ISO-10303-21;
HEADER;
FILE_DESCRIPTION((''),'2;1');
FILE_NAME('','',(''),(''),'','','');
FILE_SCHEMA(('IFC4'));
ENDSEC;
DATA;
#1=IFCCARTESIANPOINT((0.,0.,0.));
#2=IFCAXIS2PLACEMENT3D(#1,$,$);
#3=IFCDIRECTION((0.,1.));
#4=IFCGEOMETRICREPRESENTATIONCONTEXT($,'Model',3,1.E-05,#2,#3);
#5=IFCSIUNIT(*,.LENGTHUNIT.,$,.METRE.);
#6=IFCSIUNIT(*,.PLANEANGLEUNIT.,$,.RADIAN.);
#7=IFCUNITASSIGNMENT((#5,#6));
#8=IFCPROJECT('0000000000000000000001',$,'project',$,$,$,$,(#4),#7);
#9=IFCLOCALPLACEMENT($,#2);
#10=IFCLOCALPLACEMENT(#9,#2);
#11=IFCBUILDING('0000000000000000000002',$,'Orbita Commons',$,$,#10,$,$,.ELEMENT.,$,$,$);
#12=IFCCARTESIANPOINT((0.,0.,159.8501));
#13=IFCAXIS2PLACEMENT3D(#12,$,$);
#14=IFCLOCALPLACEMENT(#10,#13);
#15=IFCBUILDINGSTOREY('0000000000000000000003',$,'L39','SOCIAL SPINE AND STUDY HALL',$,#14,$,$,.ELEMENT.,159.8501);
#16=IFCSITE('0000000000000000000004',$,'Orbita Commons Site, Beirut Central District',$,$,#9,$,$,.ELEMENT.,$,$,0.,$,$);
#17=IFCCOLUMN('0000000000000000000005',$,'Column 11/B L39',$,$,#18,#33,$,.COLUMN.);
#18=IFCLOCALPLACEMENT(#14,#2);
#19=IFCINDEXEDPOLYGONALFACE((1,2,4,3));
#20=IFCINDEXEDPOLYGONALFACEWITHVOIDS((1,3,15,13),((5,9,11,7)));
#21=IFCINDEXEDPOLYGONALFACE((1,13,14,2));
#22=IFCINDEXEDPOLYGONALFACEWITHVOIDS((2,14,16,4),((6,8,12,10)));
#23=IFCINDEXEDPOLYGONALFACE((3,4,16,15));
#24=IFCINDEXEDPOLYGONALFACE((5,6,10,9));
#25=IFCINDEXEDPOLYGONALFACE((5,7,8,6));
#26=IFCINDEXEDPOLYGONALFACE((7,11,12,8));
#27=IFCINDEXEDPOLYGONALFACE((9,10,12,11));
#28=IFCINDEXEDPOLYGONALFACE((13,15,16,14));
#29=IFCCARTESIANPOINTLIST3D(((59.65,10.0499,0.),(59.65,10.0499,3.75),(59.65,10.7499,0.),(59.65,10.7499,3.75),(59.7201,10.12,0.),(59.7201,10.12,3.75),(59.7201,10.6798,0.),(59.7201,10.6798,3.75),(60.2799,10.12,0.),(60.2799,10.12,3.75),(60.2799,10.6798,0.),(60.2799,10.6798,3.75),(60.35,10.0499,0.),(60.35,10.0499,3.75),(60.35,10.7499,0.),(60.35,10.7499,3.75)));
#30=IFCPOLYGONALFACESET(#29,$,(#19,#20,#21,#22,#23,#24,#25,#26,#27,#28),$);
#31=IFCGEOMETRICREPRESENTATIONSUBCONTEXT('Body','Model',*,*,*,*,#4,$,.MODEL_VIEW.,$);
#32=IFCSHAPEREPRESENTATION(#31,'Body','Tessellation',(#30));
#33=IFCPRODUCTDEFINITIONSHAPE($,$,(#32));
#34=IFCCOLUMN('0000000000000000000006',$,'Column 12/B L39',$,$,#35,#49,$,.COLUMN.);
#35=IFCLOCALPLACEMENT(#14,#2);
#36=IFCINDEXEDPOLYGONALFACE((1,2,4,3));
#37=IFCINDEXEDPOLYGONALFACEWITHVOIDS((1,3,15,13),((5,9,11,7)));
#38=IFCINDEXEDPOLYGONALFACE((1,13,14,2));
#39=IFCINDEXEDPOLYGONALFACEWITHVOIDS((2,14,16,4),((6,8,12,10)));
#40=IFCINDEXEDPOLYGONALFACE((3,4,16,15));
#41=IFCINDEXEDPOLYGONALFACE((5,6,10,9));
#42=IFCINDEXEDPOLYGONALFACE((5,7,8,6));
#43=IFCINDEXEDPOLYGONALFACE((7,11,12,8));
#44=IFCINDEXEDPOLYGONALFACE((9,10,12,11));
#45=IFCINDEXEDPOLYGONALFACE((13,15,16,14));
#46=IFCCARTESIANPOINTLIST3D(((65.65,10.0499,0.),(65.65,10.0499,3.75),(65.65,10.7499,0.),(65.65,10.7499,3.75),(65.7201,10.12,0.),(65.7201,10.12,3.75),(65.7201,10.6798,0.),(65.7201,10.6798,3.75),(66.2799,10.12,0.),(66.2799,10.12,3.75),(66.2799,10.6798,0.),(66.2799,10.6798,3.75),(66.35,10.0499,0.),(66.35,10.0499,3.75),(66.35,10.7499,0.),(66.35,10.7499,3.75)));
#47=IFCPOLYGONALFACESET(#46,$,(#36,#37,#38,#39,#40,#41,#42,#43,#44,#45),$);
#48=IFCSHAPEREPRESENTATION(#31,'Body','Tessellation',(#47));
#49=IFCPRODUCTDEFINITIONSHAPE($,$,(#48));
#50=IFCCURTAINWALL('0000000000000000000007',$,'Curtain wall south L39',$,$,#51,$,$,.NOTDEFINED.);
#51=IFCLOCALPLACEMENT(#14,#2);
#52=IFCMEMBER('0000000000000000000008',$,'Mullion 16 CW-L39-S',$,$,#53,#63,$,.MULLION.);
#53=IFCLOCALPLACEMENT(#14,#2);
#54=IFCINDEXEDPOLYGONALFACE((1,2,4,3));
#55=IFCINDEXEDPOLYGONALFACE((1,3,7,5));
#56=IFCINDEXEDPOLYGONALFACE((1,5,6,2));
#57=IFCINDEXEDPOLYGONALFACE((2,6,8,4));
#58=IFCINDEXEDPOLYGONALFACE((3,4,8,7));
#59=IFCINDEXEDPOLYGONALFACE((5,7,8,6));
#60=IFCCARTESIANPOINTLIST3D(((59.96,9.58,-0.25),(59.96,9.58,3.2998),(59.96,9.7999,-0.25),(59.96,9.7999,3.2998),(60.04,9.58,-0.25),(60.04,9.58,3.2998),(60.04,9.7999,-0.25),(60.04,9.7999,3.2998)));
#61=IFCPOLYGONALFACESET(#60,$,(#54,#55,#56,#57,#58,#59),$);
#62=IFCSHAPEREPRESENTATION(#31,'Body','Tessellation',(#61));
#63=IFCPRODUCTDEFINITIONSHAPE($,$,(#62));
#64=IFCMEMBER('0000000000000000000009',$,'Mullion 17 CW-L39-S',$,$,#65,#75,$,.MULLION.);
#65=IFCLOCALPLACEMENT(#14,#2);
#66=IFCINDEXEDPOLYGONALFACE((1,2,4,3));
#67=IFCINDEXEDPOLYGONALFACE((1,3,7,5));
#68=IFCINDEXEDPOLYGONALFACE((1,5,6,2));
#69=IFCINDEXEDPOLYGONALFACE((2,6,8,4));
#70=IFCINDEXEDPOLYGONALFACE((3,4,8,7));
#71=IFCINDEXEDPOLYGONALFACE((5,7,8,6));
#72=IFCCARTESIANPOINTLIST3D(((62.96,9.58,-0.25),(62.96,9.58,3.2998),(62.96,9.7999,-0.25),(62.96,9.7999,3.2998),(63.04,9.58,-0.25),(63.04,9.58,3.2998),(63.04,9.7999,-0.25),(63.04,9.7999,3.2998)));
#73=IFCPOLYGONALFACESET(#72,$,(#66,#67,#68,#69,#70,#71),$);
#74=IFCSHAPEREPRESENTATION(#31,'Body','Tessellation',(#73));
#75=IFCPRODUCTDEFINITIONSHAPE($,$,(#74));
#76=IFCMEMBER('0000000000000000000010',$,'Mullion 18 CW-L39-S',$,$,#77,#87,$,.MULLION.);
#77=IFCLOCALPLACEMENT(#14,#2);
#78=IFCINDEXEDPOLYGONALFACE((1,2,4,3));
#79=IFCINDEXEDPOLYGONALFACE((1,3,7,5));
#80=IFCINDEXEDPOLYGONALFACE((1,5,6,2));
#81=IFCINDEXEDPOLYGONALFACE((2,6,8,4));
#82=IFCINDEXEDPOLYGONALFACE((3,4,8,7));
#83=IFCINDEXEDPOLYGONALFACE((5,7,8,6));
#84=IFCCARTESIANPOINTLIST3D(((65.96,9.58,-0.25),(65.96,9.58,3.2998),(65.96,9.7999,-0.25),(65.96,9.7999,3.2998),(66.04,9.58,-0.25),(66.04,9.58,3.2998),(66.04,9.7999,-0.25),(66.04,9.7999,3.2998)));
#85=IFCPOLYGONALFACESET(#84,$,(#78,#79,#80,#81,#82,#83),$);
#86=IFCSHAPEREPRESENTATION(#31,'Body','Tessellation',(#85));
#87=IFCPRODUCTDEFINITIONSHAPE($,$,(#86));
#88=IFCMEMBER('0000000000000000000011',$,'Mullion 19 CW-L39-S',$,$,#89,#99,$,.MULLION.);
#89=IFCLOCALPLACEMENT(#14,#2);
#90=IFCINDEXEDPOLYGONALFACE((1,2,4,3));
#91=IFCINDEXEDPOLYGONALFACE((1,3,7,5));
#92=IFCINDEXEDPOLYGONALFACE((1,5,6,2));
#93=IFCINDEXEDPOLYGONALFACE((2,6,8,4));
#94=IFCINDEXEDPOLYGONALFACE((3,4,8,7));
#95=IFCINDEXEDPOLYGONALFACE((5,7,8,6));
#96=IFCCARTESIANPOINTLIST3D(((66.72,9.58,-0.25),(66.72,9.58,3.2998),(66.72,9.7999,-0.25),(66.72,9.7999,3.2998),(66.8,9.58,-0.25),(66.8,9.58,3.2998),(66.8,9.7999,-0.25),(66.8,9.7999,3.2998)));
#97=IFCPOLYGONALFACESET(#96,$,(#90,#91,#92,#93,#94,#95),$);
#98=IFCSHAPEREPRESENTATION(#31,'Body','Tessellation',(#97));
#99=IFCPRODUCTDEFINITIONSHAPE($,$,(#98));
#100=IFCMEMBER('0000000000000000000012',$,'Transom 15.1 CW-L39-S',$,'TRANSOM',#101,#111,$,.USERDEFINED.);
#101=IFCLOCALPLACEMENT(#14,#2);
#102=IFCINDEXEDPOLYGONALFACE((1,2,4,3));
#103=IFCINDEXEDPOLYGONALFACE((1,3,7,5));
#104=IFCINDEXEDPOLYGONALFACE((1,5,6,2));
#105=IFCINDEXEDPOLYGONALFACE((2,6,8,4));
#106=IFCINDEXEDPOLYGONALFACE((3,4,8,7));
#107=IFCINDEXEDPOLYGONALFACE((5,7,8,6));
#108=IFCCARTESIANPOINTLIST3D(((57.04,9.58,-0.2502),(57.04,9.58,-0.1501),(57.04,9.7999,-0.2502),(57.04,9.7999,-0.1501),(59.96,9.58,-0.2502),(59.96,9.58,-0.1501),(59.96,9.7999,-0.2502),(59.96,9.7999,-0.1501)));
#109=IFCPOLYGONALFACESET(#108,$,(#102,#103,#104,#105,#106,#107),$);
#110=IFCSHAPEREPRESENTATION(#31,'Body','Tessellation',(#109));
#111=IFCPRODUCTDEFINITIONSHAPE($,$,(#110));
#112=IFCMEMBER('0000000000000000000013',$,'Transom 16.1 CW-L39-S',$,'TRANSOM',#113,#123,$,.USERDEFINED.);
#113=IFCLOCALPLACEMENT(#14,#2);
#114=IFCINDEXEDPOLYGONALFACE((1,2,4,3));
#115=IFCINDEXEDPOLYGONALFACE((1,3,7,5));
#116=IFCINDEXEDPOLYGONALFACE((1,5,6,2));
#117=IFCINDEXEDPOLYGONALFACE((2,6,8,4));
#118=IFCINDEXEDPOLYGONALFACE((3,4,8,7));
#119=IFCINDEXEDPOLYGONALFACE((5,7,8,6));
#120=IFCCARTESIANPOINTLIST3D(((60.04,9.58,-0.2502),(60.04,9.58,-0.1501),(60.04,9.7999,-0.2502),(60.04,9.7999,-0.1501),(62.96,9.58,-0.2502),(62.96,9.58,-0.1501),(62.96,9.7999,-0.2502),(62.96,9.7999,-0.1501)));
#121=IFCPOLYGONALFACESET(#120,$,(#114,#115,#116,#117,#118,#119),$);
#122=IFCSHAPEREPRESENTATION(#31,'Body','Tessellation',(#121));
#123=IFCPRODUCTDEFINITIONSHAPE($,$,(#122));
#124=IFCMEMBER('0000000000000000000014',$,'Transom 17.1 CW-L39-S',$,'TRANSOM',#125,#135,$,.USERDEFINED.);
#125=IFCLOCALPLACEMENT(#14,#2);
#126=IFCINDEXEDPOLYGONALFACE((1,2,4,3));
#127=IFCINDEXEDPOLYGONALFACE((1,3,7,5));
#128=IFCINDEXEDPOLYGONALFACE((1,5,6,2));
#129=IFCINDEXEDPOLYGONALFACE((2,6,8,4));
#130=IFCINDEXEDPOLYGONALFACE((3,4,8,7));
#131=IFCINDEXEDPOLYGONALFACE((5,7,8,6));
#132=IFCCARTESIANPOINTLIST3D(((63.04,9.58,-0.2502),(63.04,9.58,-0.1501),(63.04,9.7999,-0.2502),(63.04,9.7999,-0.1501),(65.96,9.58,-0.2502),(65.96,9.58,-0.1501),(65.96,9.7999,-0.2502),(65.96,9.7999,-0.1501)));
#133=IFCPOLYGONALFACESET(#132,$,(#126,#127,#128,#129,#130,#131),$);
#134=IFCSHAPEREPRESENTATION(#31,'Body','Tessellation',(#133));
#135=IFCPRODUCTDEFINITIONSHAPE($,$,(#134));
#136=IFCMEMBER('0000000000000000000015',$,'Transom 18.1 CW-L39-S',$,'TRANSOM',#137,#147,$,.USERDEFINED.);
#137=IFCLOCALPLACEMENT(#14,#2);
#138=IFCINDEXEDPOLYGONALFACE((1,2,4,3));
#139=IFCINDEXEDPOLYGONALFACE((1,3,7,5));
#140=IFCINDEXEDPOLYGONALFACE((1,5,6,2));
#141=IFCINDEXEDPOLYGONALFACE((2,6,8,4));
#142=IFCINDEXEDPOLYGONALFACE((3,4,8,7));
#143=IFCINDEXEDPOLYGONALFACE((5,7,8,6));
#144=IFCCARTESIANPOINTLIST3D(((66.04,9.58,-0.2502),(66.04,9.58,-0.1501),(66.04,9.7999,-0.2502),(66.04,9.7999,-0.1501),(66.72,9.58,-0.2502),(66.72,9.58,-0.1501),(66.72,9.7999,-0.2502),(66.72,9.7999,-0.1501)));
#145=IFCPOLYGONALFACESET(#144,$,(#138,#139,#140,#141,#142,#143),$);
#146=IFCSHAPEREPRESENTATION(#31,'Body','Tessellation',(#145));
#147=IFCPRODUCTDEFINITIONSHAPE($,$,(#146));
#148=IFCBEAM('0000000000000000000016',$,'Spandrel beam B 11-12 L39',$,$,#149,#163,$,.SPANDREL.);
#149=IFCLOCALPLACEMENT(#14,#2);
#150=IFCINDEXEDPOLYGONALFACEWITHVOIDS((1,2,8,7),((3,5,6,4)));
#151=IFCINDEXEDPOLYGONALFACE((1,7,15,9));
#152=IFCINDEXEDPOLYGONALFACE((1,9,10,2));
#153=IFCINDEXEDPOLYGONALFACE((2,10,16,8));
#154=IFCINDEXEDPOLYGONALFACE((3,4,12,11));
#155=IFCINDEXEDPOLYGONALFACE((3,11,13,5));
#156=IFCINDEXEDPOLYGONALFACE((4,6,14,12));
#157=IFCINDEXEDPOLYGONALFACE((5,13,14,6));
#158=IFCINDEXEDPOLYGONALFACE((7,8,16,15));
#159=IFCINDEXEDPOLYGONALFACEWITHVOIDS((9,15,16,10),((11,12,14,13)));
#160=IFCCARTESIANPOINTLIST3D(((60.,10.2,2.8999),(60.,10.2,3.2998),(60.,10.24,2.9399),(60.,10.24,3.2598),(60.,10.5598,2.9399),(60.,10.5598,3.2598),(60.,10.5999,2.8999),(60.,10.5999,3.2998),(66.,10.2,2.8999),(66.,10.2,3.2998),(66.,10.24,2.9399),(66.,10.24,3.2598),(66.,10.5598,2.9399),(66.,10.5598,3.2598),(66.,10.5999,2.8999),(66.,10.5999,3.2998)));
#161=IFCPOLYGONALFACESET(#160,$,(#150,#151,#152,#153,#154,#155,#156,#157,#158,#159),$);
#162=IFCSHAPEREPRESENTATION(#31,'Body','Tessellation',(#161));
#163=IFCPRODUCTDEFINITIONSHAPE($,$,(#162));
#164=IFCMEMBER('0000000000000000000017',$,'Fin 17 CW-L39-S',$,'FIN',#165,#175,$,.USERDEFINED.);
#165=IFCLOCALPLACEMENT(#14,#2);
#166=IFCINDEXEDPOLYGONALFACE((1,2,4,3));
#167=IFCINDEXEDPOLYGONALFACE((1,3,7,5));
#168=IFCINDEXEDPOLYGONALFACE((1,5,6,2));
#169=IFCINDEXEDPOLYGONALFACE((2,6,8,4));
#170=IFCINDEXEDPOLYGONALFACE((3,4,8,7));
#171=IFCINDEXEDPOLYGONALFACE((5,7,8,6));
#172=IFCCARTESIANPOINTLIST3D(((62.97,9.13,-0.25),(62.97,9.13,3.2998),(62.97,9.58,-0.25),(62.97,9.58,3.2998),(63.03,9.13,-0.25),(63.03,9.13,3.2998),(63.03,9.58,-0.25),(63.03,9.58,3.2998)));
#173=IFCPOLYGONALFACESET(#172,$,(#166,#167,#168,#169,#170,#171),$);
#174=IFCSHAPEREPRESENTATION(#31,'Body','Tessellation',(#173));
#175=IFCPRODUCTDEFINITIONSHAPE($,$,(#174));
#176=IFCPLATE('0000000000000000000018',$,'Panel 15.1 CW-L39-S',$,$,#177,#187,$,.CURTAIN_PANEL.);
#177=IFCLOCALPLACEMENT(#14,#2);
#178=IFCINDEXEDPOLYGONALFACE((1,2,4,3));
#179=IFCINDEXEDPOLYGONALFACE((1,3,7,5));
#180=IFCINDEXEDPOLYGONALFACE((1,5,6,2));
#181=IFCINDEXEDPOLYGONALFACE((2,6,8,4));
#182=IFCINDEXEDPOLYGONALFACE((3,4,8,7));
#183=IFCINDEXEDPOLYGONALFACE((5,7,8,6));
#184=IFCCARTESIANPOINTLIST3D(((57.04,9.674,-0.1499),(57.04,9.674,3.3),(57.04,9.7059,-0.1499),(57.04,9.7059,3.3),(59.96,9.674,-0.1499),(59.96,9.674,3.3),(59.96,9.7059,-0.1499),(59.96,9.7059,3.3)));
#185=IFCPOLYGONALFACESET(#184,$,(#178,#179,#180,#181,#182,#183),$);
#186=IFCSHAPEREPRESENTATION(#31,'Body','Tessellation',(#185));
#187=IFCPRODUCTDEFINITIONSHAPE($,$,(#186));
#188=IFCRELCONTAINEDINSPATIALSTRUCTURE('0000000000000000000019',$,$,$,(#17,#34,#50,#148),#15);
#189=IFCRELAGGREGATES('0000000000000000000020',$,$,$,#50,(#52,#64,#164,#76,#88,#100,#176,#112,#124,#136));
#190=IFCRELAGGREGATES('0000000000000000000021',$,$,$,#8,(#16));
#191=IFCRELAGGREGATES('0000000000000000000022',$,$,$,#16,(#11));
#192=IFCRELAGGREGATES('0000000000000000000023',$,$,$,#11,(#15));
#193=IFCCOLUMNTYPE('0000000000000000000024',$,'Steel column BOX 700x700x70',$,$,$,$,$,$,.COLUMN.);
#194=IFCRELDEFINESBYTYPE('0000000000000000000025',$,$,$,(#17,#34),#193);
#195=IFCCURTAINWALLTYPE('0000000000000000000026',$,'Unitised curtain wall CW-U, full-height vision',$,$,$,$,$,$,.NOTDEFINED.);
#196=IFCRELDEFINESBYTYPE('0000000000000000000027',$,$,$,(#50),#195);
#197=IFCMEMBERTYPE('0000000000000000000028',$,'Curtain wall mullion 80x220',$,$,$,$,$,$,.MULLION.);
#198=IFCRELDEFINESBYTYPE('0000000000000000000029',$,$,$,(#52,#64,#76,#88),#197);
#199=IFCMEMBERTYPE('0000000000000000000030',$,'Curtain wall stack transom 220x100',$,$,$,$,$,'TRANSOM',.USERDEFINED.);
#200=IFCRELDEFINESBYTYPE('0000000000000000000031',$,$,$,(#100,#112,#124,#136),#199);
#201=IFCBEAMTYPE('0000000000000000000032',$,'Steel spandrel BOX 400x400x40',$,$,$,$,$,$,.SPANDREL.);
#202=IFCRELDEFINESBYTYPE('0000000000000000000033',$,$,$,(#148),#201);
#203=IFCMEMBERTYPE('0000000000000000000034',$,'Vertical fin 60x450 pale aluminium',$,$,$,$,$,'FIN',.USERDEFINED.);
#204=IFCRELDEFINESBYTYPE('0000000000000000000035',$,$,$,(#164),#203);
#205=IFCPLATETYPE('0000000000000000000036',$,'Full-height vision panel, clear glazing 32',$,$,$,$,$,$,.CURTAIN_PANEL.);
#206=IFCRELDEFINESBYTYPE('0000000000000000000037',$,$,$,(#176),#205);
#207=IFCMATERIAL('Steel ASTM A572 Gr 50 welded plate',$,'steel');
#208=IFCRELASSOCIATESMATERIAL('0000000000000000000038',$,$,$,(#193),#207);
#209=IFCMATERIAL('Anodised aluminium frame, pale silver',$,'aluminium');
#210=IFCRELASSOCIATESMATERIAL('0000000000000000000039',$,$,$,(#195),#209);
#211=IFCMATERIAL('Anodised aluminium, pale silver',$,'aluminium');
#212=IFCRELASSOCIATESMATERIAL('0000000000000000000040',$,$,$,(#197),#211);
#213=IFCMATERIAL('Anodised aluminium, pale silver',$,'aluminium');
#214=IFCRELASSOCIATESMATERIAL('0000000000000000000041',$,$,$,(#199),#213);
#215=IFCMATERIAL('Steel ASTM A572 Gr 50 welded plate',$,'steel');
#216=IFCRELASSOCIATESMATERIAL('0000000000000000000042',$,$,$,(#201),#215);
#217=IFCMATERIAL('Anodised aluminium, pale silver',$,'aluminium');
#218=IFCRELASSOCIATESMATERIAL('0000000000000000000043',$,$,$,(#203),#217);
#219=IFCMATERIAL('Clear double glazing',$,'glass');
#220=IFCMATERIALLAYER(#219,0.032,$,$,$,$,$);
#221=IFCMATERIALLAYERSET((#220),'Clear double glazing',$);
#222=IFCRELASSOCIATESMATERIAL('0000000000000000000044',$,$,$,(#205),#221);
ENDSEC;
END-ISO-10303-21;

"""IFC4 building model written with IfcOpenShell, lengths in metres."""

from ifc_helpers import new_model, si_unit, direction, frame, origin, origin_2d, place, context, subcontext, project, spatial, rectangle, hollow_rectangle, extrude, material, layer, layer_set, material_profile, profile_set, type_object, element, aggregate, save


model = new_model("IFC4")

# Units and contexts
model_context = context("Model", 3, precision=1e-05, world=origin(), true_north=direction((0.0, 1.0)))
body_context = subcontext(model_context, "Body", "Model", "MODEL_VIEW")
ifc_project = project(units=[si_unit("LENGTHUNIT", "METRE"), si_unit("PLANEANGLEUNIT", "RADIAN")], contexts=[model_context])

# Site, building, storey
site_placement = place(None, origin())
site = spatial("IfcSite", under=ifc_project, at=site_placement, Name="Orbita Commons Site, Beirut Central District", CompositionType="ELEMENT", RefElevation=0.0)
building_placement = place(site_placement, origin())
building = spatial("IfcBuilding", under=site, at=building_placement, Name="Orbita Commons", CompositionType="ELEMENT")
storey_placement = place(building_placement, frame((0.0, 0.0, 159.8501)))
storey = spatial("IfcBuildingStorey", under=building, at=storey_placement, Name="L39", Description="SOCIAL SPINE AND STUDY HALL", CompositionType="ELEMENT", Elevation=159.8501)

# Columns
ifc_material_1 = material(Name="Steel ASTM A572 Gr 50 welded plate", Category="steel")
ifc_material_profile_1 = material_profile(ifc_material_1, hollow_rectangle(XDim=0.7, YDim=0.7, WallThickness=0.0701, at=origin_2d()), Name="BOX 700x700x70")
ifc_profile_set_1 = profile_set([ifc_material_profile_1], Name="Steel ASTM A572 Gr 50 welded plate")
column_type = type_object("IfcColumnType", Name="Steel column BOX 700x700x70", PredefinedType="COLUMN", material=ifc_profile_set_1)
for number, where, z_axis, x_axis, name in (
    (1, (60.0, 10.3999, 0.0), (0.0, 0.0, 1.0), (1.0, 0.0, 0.0), "Column 11/B L39"),
    (2, (66.0, 10.3999, 0.0), (0.0, 0.0, 1.0), (1.0, 0.0, 0.0), "Column 12/B L39"),
):
    element("IfcColumn", number, at=place(storey_placement, frame(where, z_axis=z_axis, x_axis=x_axis)), inside=storey, type_object=column_type, Name=name, PredefinedType="COLUMN", context=body_context, shape_type="SweptSolid", body=[
        extrude(hollow_rectangle(XDim=0.7, YDim=0.7, WallThickness=0.0701, at=origin_2d()), origin(), (0.0, 0.0, 1.0), 3.75),
    ])

# Curtain wall, members
ifc_material_2 = material(Name="Anodised aluminium frame, pale silver", Category="aluminium")
curtain_wall_type = type_object("IfcCurtainWallType", Name="Unitised curtain wall CW-U, full-height vision", PredefinedType="NOTDEFINED", material=ifc_material_2)
curtain_wall_placement = place(storey_placement, origin())
curtain_wall = element("IfcCurtainWall", 3, at=curtain_wall_placement, inside=storey, type_object=curtain_wall_type, Name="Curtain wall south L39", PredefinedType="NOTDEFINED")
ifc_material_3 = material(Name="Anodised aluminium, pale silver", Category="aluminium")
ifc_material_profile_2 = material_profile(ifc_material_3, rectangle(XDim=0.0801, YDim=0.22, at=origin_2d()), Name="AL 80x220")
ifc_profile_set_2 = profile_set([ifc_material_profile_2], Name="Anodised aluminium, pale silver")
member_type_1 = type_object("IfcMemberType", Name="Curtain wall mullion 80x220", PredefinedType="MULLION", material=ifc_profile_set_2)
member_1_placement = place(storey_placement, frame((60.0, 9.6899, -0.25), z_axis=(0.0, 0.0, 1.0), x_axis=(1.0, 0.0, 0.0)))
member_1 = element("IfcMember", 4, at=member_1_placement, type_object=member_type_1, Name="Mullion 16 CW-L39-S", PredefinedType="MULLION", context=body_context, shape_type="SweptSolid", body=[
    extrude(rectangle(XDim=0.0801, YDim=0.22, at=origin_2d()), origin(), (0.0, 0.0, 1.0), 3.5498),
])
member_2_placement = place(storey_placement, frame((63.0, 9.6899, -0.25), z_axis=(0.0, 0.0, 1.0), x_axis=(1.0, 0.0, 0.0)))
member_2 = element("IfcMember", 5, at=member_2_placement, type_object=member_type_1, Name="Mullion 17 CW-L39-S", PredefinedType="MULLION", context=body_context, shape_type="SweptSolid", body=[
    extrude(rectangle(XDim=0.0801, YDim=0.22, at=origin_2d()), origin(), (0.0, 0.0, 1.0), 3.5498),
])
member_3_placement = place(storey_placement, frame((66.0, 9.6899, -0.25), z_axis=(0.0, 0.0, 1.0), x_axis=(1.0, 0.0, 0.0)))
member_3 = element("IfcMember", 6, at=member_3_placement, type_object=member_type_1, Name="Mullion 18 CW-L39-S", PredefinedType="MULLION", context=body_context, shape_type="SweptSolid", body=[
    extrude(rectangle(XDim=0.0801, YDim=0.22, at=origin_2d()), origin(), (0.0, 0.0, 1.0), 3.5498),
])
member_4_placement = place(storey_placement, frame((66.76, 9.6899, -0.25), z_axis=(0.0, 0.0, 1.0), x_axis=(1.0, 0.0, 0.0)))
member_4 = element("IfcMember", 7, at=member_4_placement, type_object=member_type_1, Name="Mullion 19 CW-L39-S", PredefinedType="MULLION", context=body_context, shape_type="SweptSolid", body=[
    extrude(rectangle(XDim=0.0801, YDim=0.22, at=origin_2d()), origin(), (0.0, 0.0, 1.0), 3.5498),
])
ifc_material_4 = material(Name="Anodised aluminium, pale silver", Category="aluminium")
ifc_material_profile_3 = material_profile(ifc_material_4, rectangle(XDim=0.22, YDim=0.1001, at=origin_2d()), Name="AL 220x100")
ifc_profile_set_3 = profile_set([ifc_material_profile_3], Name="Anodised aluminium, pale silver")
member_type_2 = type_object("IfcMemberType", Name="Curtain wall stack transom 220x100", ElementType="TRANSOM", PredefinedType="USERDEFINED", material=ifc_profile_set_3)
member_5_placement = place(storey_placement, frame((57.04, 9.6899, -0.2002), z_axis=(1.0, 0.0, 0.0), x_axis=(0.0, 1.0, 0.0)))
member_5 = element("IfcMember", 8, at=member_5_placement, type_object=member_type_2, Name="Transom 15.1 CW-L39-S", ObjectType="TRANSOM", PredefinedType="USERDEFINED", context=body_context, shape_type="SweptSolid", body=[
    extrude(rectangle(XDim=0.22, YDim=0.1001, at=origin_2d()), origin(), (0.0, 0.0, 1.0), 2.9199),
])
member_6_placement = place(storey_placement, frame((60.04, 9.6899, -0.2002), z_axis=(1.0, 0.0, 0.0), x_axis=(0.0, 1.0, 0.0)))
member_6 = element("IfcMember", 9, at=member_6_placement, type_object=member_type_2, Name="Transom 16.1 CW-L39-S", ObjectType="TRANSOM", PredefinedType="USERDEFINED", context=body_context, shape_type="SweptSolid", body=[
    extrude(rectangle(XDim=0.22, YDim=0.1001, at=origin_2d()), origin(), (0.0, 0.0, 1.0), 2.9199),
])
member_7_placement = place(storey_placement, frame((63.04, 9.6899, -0.2002), z_axis=(1.0, 0.0, 0.0), x_axis=(0.0, 1.0, 0.0)))
member_7 = element("IfcMember", 10, at=member_7_placement, type_object=member_type_2, Name="Transom 17.1 CW-L39-S", ObjectType="TRANSOM", PredefinedType="USERDEFINED", context=body_context, shape_type="SweptSolid", body=[
    extrude(rectangle(XDim=0.22, YDim=0.1001, at=origin_2d()), origin(), (0.0, 0.0, 1.0), 2.9199),
])
member_8_placement = place(storey_placement, frame((66.04, 9.6899, -0.2002), z_axis=(1.0, 0.0, 0.0), x_axis=(0.0, 1.0, 0.0)))
member_8 = element("IfcMember", 11, at=member_8_placement, type_object=member_type_2, Name="Transom 18.1 CW-L39-S", ObjectType="TRANSOM", PredefinedType="USERDEFINED", context=body_context, shape_type="SweptSolid", body=[
    extrude(rectangle(XDim=0.22, YDim=0.1001, at=origin_2d()), origin(), (0.0, 0.0, 1.0), 0.6799),
])

# Beam
ifc_material_5 = material(Name="Steel ASTM A572 Gr 50 welded plate", Category="steel")
ifc_material_profile_4 = material_profile(ifc_material_5, hollow_rectangle(XDim=0.3999, YDim=0.3999, WallThickness=0.04, at=origin_2d()), Name="BOX 400x400x40")
ifc_profile_set_4 = profile_set([ifc_material_profile_4], Name="Steel ASTM A572 Gr 50 welded plate")
beam_type = type_object("IfcBeamType", Name="Steel spandrel BOX 400x400x40", PredefinedType="SPANDREL", material=ifc_profile_set_4)
beam_placement = place(storey_placement, frame((60.0, 10.3999, 3.0999), z_axis=(1.0, 0.0, 0.0), x_axis=(0.0, 1.0, 0.0)))
element("IfcBeam", 12, at=beam_placement, inside=storey, type_object=beam_type, Name="Spandrel beam B 11-12 L39", PredefinedType="SPANDREL", context=body_context, shape_type="SweptSolid", body=[
    extrude(hollow_rectangle(XDim=0.3999, YDim=0.3999, WallThickness=0.04, at=origin_2d()), origin(), (0.0, 0.0, 1.0), 6.0),
])

# Member
ifc_material_6 = material(Name="Anodised aluminium, pale silver", Category="aluminium")
ifc_material_profile_5 = material_profile(ifc_material_6, rectangle(XDim=0.0601, YDim=0.45, at=origin_2d()), Name="FIN 60x450")
ifc_profile_set_5 = profile_set([ifc_material_profile_5], Name="Anodised aluminium, pale silver")
member_type_3 = type_object("IfcMemberType", Name="Vertical fin 60x450 pale aluminium", ElementType="FIN", PredefinedType="USERDEFINED", material=ifc_profile_set_5)
member_9_placement = place(storey_placement, frame((63.0, 9.355, -0.25), z_axis=(0.0, 0.0, 1.0), x_axis=(1.0, 0.0, 0.0)))
member_9 = element("IfcMember", 13, at=member_9_placement, type_object=member_type_3, Name="Fin 17 CW-L39-S", ObjectType="FIN", PredefinedType="USERDEFINED", context=body_context, shape_type="SweptSolid", body=[
    extrude(rectangle(XDim=0.0601, YDim=0.45, at=origin_2d()), origin(), (0.0, 0.0, 1.0), 3.5498),
])

# Plate
ifc_material_7 = material(Name="Clear double glazing", Category="glass")
ifc_layer_1 = layer(ifc_material_7, 0.032)
ifc_layer_set_1 = layer_set([ifc_layer_1], Name="Clear double glazing")
plate_type = type_object("IfcPlateType", Name="Full-height vision panel, clear glazing 32", PredefinedType="CURTAIN_PANEL", material=ifc_layer_set_1)
plate_1_placement = place(storey_placement, frame((58.5, 9.6899, -0.1499), z_axis=(0.0, 0.0, 1.0), x_axis=(1.0, 0.0, 0.0)))
plate_1 = element("IfcPlate", 14, at=plate_1_placement, type_object=plate_type, Name="Panel 15.1 CW-L39-S", PredefinedType="CURTAIN_PANEL", context=body_context, shape_type="SweptSolid", body=[
    extrude(rectangle(XDim=2.9199, YDim=0.032, at=origin_2d()), origin(), (0.0, 0.0, 1.0), 3.45),
])
aggregate(curtain_wall, [member_1, member_2, member_9, member_3, member_4, member_5, plate_1, member_6, member_7, member_8])

save(model, "model.ifc")
